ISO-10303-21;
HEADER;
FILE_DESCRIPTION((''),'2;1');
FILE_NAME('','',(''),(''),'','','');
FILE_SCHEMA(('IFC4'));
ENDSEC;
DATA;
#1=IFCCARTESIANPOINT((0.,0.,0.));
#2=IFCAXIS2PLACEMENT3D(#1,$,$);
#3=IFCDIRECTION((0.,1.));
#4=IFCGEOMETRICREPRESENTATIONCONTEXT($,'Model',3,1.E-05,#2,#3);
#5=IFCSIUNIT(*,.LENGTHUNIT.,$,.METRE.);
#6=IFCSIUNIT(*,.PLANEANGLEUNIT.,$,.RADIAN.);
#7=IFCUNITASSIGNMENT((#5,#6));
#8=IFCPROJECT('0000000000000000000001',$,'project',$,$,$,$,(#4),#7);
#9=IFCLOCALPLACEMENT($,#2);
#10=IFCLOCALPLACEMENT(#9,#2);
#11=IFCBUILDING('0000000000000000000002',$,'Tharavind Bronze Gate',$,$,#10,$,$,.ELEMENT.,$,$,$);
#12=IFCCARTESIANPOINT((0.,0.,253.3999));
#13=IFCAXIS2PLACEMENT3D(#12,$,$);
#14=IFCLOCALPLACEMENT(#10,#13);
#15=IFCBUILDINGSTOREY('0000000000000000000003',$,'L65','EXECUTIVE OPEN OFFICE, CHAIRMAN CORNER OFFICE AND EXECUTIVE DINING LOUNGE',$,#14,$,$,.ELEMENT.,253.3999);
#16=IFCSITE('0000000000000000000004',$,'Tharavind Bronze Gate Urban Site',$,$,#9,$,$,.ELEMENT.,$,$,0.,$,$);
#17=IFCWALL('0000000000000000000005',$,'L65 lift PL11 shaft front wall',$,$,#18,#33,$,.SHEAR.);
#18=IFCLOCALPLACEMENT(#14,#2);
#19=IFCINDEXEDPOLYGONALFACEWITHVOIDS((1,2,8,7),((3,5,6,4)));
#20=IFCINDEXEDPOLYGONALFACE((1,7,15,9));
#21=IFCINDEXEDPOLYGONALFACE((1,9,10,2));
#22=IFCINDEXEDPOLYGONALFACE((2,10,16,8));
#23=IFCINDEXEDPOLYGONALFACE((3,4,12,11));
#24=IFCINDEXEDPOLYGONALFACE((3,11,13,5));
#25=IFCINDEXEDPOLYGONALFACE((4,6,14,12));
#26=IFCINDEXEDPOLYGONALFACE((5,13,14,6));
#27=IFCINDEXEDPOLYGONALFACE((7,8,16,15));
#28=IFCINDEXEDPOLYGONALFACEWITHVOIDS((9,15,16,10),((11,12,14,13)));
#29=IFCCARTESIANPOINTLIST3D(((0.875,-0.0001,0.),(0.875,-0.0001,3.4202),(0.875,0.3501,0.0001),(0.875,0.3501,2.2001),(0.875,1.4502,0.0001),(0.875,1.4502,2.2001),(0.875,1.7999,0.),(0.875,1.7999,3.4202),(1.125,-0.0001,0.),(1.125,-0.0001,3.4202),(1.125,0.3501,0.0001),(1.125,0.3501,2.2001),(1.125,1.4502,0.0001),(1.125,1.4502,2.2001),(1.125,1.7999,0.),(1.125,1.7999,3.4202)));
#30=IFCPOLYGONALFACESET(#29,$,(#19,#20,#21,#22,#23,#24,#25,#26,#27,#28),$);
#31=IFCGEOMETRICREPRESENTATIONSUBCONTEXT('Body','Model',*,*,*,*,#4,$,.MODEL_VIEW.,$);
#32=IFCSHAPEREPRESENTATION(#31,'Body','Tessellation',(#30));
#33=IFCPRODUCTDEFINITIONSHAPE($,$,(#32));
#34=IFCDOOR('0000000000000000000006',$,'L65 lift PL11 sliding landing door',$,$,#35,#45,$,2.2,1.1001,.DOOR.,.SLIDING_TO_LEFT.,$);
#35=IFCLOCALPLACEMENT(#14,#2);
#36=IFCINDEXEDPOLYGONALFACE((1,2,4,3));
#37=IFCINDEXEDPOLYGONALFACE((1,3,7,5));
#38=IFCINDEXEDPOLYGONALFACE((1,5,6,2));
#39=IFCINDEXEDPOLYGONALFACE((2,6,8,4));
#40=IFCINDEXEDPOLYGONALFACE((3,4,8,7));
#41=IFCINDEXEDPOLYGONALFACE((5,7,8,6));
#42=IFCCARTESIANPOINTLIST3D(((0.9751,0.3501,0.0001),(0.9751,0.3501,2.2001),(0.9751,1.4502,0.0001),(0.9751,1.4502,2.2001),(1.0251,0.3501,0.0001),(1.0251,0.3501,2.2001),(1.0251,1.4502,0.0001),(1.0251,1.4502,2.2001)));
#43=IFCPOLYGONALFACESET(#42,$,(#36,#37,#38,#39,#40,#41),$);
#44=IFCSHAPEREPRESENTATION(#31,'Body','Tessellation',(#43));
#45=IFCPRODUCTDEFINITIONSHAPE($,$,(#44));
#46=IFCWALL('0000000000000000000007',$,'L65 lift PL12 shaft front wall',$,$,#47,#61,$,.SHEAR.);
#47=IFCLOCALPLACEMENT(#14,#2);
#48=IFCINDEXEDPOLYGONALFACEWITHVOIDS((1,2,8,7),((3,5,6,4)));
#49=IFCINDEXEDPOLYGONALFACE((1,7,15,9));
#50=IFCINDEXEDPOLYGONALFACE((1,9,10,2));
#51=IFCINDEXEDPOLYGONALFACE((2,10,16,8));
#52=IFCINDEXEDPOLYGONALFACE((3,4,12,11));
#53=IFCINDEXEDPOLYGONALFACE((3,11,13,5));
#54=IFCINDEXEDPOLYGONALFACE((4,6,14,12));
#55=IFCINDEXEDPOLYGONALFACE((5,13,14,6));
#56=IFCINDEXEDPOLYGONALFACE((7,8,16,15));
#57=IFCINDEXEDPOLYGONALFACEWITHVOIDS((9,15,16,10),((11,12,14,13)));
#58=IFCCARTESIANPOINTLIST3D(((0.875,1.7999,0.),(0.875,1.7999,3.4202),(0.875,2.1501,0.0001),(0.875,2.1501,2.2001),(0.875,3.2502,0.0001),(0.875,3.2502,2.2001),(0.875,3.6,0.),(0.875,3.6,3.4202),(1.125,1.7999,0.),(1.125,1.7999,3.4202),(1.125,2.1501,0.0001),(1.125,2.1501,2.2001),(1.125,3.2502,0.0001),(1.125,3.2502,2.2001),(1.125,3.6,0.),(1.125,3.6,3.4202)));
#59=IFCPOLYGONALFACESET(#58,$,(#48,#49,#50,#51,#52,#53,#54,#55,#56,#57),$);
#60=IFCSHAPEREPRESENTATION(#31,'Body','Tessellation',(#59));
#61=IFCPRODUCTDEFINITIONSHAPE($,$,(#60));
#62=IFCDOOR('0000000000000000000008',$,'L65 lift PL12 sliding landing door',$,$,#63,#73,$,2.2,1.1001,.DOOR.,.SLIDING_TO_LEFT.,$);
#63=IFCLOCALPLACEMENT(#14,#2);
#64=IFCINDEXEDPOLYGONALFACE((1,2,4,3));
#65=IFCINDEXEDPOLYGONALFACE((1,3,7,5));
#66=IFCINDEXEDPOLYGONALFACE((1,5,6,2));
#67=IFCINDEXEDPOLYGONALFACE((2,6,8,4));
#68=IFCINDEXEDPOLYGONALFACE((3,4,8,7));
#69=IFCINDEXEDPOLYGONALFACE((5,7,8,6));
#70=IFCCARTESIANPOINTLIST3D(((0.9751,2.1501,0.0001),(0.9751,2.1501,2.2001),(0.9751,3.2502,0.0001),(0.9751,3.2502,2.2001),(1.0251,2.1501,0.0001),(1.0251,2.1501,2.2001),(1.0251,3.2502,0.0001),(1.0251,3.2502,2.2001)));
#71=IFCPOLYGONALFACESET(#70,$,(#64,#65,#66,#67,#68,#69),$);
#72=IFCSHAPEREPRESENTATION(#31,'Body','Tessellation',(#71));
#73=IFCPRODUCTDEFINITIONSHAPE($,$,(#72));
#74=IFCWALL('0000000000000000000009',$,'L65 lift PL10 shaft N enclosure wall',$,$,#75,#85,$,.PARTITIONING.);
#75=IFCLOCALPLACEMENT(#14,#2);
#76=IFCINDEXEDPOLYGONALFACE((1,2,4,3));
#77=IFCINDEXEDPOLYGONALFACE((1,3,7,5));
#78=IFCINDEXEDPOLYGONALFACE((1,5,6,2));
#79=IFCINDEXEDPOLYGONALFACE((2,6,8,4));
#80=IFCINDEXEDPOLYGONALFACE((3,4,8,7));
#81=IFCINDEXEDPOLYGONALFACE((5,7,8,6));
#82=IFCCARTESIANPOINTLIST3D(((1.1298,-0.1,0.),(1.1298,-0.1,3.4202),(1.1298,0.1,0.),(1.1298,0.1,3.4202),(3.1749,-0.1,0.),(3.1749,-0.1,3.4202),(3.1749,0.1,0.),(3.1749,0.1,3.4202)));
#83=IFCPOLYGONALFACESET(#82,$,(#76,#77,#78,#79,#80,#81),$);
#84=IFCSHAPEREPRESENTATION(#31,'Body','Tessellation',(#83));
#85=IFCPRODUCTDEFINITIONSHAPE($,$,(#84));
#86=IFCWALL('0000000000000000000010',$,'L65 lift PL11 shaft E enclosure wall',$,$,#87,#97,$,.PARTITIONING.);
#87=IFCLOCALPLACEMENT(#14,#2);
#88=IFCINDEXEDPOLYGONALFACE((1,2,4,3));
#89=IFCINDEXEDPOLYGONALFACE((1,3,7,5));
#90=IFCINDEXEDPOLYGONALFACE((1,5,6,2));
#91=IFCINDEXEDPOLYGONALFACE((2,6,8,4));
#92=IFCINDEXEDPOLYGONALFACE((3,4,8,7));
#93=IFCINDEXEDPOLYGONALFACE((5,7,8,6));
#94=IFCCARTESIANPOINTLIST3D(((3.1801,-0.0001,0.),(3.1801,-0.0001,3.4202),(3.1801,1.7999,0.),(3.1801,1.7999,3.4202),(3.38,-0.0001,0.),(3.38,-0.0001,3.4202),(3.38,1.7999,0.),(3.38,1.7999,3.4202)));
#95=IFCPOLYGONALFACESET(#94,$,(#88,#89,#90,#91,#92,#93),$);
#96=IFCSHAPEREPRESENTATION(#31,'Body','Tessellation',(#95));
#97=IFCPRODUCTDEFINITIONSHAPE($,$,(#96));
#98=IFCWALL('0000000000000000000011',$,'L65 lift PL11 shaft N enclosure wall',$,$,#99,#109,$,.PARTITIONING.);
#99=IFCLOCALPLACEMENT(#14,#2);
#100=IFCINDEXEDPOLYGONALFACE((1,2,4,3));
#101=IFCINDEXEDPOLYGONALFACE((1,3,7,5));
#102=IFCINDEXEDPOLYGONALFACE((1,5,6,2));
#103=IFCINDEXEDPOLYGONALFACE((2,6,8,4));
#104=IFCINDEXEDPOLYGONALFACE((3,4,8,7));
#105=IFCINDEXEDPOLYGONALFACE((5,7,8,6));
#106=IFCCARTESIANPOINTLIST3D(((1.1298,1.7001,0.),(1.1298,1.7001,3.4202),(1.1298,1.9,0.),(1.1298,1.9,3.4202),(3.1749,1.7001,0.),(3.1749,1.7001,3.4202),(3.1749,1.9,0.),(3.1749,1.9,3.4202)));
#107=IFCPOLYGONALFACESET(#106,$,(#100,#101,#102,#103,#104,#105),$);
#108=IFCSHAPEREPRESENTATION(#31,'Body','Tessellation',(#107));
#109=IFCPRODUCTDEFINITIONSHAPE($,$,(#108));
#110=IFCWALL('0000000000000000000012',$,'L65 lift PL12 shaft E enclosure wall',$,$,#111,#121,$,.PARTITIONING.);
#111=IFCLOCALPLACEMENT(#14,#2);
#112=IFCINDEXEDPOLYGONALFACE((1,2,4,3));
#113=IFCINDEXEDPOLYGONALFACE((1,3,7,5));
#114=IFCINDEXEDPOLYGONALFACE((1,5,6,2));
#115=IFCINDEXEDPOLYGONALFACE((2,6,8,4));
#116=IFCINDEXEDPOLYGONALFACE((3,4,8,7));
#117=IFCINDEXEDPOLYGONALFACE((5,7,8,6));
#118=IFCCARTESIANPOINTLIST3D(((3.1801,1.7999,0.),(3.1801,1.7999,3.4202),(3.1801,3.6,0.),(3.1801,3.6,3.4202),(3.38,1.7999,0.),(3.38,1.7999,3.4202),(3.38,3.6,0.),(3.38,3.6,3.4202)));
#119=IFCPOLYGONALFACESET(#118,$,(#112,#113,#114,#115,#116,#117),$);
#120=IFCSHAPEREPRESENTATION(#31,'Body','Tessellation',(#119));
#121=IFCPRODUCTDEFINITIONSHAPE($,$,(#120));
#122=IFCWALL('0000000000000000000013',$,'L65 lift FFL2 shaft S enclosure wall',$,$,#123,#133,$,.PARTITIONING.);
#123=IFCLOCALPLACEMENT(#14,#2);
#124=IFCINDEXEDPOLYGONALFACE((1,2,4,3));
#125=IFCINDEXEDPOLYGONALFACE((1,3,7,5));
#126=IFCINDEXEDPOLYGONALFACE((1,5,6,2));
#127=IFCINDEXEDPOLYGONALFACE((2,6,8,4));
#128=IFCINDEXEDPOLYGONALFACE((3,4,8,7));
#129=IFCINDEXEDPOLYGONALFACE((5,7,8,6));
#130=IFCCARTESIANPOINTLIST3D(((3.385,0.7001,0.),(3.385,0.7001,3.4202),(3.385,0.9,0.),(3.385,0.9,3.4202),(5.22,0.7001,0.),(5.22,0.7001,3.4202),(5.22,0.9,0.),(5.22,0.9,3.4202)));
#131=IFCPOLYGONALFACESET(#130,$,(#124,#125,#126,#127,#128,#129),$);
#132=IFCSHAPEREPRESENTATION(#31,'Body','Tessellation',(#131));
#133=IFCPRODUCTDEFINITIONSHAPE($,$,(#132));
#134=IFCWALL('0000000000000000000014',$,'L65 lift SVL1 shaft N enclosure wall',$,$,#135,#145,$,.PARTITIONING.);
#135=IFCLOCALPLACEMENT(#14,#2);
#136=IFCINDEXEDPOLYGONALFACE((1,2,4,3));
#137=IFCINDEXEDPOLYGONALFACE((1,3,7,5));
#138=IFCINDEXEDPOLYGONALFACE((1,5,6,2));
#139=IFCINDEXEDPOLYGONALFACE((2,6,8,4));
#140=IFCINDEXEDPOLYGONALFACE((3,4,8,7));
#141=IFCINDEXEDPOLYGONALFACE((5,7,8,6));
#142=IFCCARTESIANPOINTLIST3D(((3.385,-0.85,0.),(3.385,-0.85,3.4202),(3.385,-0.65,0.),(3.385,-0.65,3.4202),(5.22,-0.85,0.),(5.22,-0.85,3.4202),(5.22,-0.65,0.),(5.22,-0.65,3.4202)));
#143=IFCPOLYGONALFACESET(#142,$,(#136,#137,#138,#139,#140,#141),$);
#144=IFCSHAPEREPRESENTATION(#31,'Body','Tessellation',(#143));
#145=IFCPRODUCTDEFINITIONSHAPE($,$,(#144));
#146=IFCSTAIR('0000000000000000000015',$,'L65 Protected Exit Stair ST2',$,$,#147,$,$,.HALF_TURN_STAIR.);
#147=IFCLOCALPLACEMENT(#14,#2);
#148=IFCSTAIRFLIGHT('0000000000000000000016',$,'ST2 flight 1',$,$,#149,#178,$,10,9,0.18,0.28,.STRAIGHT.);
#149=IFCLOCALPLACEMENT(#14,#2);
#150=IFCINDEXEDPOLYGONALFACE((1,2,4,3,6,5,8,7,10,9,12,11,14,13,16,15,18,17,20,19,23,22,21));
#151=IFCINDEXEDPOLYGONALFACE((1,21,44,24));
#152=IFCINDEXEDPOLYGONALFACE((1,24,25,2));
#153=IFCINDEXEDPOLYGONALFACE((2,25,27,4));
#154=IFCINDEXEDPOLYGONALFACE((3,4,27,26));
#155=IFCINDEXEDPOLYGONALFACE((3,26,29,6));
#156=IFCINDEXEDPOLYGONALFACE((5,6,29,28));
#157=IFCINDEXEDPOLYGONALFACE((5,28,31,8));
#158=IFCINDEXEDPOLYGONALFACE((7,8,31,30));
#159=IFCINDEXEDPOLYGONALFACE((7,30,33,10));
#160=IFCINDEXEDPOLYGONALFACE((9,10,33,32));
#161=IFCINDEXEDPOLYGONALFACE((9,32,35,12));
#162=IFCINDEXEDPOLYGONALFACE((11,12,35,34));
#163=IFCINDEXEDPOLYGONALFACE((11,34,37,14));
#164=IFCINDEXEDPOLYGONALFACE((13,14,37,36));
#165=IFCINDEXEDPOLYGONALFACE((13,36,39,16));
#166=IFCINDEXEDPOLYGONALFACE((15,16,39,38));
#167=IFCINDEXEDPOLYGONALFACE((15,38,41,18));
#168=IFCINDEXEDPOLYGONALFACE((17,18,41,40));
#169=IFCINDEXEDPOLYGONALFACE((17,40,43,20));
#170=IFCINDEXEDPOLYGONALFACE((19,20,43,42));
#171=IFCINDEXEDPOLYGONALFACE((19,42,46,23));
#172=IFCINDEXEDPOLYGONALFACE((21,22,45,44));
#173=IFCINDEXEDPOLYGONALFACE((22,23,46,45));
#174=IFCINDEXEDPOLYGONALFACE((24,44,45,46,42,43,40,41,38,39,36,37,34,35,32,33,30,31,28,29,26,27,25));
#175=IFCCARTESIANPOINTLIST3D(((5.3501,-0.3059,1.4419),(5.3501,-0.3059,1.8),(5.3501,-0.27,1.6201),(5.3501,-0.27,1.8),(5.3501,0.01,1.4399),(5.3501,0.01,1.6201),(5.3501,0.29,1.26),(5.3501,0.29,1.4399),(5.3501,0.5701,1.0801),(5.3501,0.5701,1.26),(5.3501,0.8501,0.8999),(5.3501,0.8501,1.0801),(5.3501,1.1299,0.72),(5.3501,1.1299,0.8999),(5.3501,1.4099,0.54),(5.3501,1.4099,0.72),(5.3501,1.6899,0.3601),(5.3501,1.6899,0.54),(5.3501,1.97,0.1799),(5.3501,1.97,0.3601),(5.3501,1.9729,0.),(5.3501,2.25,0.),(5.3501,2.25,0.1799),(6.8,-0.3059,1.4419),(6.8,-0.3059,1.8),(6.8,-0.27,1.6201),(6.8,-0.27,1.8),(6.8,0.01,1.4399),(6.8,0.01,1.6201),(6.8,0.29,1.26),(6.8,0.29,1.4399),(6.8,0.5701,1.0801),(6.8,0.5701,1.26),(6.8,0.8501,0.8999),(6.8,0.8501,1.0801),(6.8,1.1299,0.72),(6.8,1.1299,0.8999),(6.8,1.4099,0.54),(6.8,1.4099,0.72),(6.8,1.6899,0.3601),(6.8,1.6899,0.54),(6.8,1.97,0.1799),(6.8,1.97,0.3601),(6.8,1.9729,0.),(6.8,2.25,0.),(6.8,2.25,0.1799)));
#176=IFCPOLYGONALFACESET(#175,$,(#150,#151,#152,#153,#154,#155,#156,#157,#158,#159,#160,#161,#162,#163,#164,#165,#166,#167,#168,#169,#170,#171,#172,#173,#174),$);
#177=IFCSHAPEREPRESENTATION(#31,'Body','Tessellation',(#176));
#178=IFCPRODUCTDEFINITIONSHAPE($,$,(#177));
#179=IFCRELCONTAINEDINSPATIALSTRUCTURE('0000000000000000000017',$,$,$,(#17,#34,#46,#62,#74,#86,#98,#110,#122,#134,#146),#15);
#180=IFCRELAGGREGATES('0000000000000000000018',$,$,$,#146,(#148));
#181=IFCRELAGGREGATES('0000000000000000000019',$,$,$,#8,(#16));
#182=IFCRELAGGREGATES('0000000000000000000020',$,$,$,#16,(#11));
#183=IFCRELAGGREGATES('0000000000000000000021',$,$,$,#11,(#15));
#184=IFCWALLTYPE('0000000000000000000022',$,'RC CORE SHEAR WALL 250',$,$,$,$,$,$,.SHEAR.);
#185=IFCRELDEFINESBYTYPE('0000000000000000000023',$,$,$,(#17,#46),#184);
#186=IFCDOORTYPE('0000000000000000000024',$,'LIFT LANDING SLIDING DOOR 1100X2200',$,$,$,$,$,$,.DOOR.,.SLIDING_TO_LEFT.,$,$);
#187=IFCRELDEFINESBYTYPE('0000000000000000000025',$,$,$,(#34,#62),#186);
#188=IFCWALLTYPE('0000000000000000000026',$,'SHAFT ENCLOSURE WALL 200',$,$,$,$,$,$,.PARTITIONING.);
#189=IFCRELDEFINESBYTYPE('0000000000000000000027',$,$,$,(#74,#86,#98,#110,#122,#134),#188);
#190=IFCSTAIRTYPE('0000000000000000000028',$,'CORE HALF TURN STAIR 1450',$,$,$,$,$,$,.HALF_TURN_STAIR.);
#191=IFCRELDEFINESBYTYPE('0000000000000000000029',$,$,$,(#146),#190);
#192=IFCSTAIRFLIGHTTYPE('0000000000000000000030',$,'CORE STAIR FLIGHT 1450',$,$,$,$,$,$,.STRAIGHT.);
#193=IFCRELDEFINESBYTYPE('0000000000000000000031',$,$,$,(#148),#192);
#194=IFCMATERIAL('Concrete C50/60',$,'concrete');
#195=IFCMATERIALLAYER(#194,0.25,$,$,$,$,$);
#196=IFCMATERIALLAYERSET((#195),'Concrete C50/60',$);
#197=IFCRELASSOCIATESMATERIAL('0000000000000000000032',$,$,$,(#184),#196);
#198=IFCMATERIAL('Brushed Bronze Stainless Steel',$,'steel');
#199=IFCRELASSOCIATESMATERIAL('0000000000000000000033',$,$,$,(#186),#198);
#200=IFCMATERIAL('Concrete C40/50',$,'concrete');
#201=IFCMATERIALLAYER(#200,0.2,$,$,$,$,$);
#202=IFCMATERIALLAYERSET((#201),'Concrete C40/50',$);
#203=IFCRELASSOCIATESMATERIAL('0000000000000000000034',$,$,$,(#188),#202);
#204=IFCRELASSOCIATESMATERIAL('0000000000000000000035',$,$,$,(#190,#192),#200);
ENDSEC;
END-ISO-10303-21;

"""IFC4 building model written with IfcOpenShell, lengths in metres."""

from ifc_helpers import new_model, si_unit, direction, frame, frame_2d, origin, place, context, subcontext, project, spatial, polyline, rectangle, outline, extrude, material, layer, layer_set, type_object, element, fill, aggregate, save


model = new_model("IFC4")

# Units and contexts
model_context = context("Model", 3, precision=1e-05, world=origin(), true_north=direction((0.0, 1.0)))
body_context = subcontext(model_context, "Body", "Model", "MODEL_VIEW")
ifc_project = project(units=[si_unit("LENGTHUNIT", "METRE"), si_unit("PLANEANGLEUNIT", "RADIAN")], contexts=[model_context])

# Site, building, storey
site_placement = place(None, origin())
site = spatial("IfcSite", under=ifc_project, at=site_placement, Name="Tharavind Bronze Gate Urban Site", CompositionType="ELEMENT", RefElevation=0.0)
building_placement = place(site_placement, origin())
building = spatial("IfcBuilding", under=site, at=building_placement, Name="Tharavind Bronze Gate", CompositionType="ELEMENT")
storey_placement = place(building_placement, frame((0.0, 0.0, 253.3999)))
storey = spatial("IfcBuildingStorey", under=building, at=storey_placement, Name="L65", Description="EXECUTIVE OPEN OFFICE, CHAIRMAN CORNER OFFICE AND EXECUTIVE DINING LOUNGE", CompositionType="ELEMENT", Elevation=253.3999)

# Walls, openings, doors
ifc_material_1 = material(Name="Concrete C50/60", Category="concrete")
ifc_layer_1 = layer(ifc_material_1, 0.25)
ifc_layer_set_1 = layer_set([ifc_layer_1], Name="Concrete C50/60")
wall_type_1 = type_object("IfcWallType", Name="RC CORE SHEAR WALL 250", PredefinedType="SHEAR", material=ifc_layer_set_1)
wall_1_placement = place(storey_placement, frame((1.0, 0.0, 0.0), z_axis=(0.0, 0.0, 1.0), x_axis=(0.0, 1.0, 0.0)))
wall_1 = element("IfcWall", 1, at=wall_1_placement, inside=storey, type_object=wall_type_1, Name="L65 lift PL11 shaft front wall", PredefinedType="SHEAR", context=body_context, shape_type="SweptSolid", body=[
    extrude(rectangle(XDim=1.8, YDim=0.25, at=frame_2d((0.8999, 0.0))), origin(), (0.0, 0.0, 1.0), 3.4202),
])
opening_1_placement = place(wall_1_placement, frame((0.3501, 0.0, 0.0)))
opening_1 = element("IfcOpeningElement", 2, at=opening_1_placement, cuts=wall_1, PredefinedType="OPENING", context=body_context, shape_type="SweptSolid", body=[
    extrude(rectangle(XDim=1.1001, YDim=2.2, at=frame_2d((0.55, 1.1001))), frame((0.0, 0.135, 0.0), z_axis=(0.0, -1.0, 0.0), x_axis=(1.0, 0.0, 0.0)), (0.0, 0.0, 1.0), 0.27),
])
ifc_material_2 = material(Name="Brushed Bronze Stainless Steel", Category="steel")
door_type = type_object("IfcDoorType", Name="LIFT LANDING SLIDING DOOR 1100X2200", OperationType="SLIDING_TO_LEFT", PredefinedType="DOOR", material=ifc_material_2)
door_1_placement = place(opening_1_placement, origin())
door_1 = element("IfcDoor", 3, at=door_1_placement, inside=storey, type_object=door_type, Name="L65 lift PL11 sliding landing door", OperationType="SLIDING_TO_LEFT", OverallHeight=2.2, OverallWidth=1.1001, PredefinedType="DOOR", context=body_context, shape_type="SweptSolid", body=[
    extrude(rectangle(XDim=1.1001, YDim=2.2, at=frame_2d((0.55, 1.1001))), frame((0.0, 0.0249, 0.0), z_axis=(0.0, -1.0, 0.0), x_axis=(1.0, 0.0, 0.0)), (0.0, 0.0, 1.0), 0.05),
])
fill(opening_1, door_1)
wall_2_placement = place(storey_placement, frame((1.0, 1.8, 0.0), z_axis=(0.0, 0.0, 1.0), x_axis=(0.0, 1.0, 0.0)))
wall_2 = element("IfcWall", 4, at=wall_2_placement, inside=storey, type_object=wall_type_1, Name="L65 lift PL12 shaft front wall", PredefinedType="SHEAR", context=body_context, shape_type="SweptSolid", body=[
    extrude(rectangle(XDim=1.8, YDim=0.25, at=frame_2d((0.8999, 0.0))), origin(), (0.0, 0.0, 1.0), 3.4202),
])
opening_2_placement = place(wall_2_placement, frame((0.3501, 0.0, 0.0)))
opening_2 = element("IfcOpeningElement", 5, at=opening_2_placement, cuts=wall_2, PredefinedType="OPENING", context=body_context, shape_type="SweptSolid", body=[
    extrude(rectangle(XDim=1.1001, YDim=2.2, at=frame_2d((0.55, 1.1001))), frame((0.0, 0.135, 0.0), z_axis=(0.0, -1.0, 0.0), x_axis=(1.0, 0.0, 0.0)), (0.0, 0.0, 1.0), 0.27),
])
door_2_placement = place(opening_2_placement, origin())
door_2 = element("IfcDoor", 6, at=door_2_placement, inside=storey, type_object=door_type, Name="L65 lift PL12 sliding landing door", OperationType="SLIDING_TO_LEFT", OverallHeight=2.2, OverallWidth=1.1001, PredefinedType="DOOR", context=body_context, shape_type="SweptSolid", body=[
    extrude(rectangle(XDim=1.1001, YDim=2.2, at=frame_2d((0.55, 1.1001))), frame((0.0, 0.0249, 0.0), z_axis=(0.0, -1.0, 0.0), x_axis=(1.0, 0.0, 0.0)), (0.0, 0.0, 1.0), 0.05),
])
fill(opening_2, door_2)

# Walls
ifc_material_3 = material(Name="Concrete C40/50", Category="concrete")
ifc_layer_2 = layer(ifc_material_3, 0.2)
ifc_layer_set_2 = layer_set([ifc_layer_2], Name="Concrete C40/50")
wall_type_2 = type_object("IfcWallType", Name="SHAFT ENCLOSURE WALL 200", PredefinedType="PARTITIONING", material=ifc_layer_set_2)
wall_3_placement = place(storey_placement, frame((1.1299, 0.0, 0.0), z_axis=(0.0, 0.0, 1.0), x_axis=(1.0, 0.0, 0.0)))
element("IfcWall", 7, at=wall_3_placement, inside=storey, type_object=wall_type_2, Name="L65 lift PL10 shaft N enclosure wall", PredefinedType="PARTITIONING", context=body_context, shape_type="SweptSolid", body=[
    extrude(rectangle(XDim=2.0452, YDim=0.2, at=frame_2d((1.0225, 0.0))), origin(), (0.0, 0.0, 1.0), 3.4202),
])
wall_4_placement = place(storey_placement, frame((3.28, 0.0, 0.0), z_axis=(0.0, 0.0, 1.0), x_axis=(0.0, 1.0, 0.0)))
element("IfcWall", 8, at=wall_4_placement, inside=storey, type_object=wall_type_2, Name="L65 lift PL11 shaft E enclosure wall", PredefinedType="PARTITIONING", context=body_context, shape_type="SweptSolid", body=[
    extrude(rectangle(XDim=1.8, YDim=0.2, at=frame_2d((0.8999, 0.0))), origin(), (0.0, 0.0, 1.0), 3.4202),
])
wall_5_placement = place(storey_placement, frame((1.1299, 1.8, 0.0), z_axis=(0.0, 0.0, 1.0), x_axis=(1.0, 0.0, 0.0)))
element("IfcWall", 9, at=wall_5_placement, inside=storey, type_object=wall_type_2, Name="L65 lift PL11 shaft N enclosure wall", PredefinedType="PARTITIONING", context=body_context, shape_type="SweptSolid", body=[
    extrude(rectangle(XDim=2.0452, YDim=0.2, at=frame_2d((1.0225, 0.0))), origin(), (0.0, 0.0, 1.0), 3.4202),
])
wall_6_placement = place(storey_placement, frame((3.28, 1.8, 0.0), z_axis=(0.0, 0.0, 1.0), x_axis=(0.0, 1.0, 0.0)))
element("IfcWall", 10, at=wall_6_placement, inside=storey, type_object=wall_type_2, Name="L65 lift PL12 shaft E enclosure wall", PredefinedType="PARTITIONING", context=body_context, shape_type="SweptSolid", body=[
    extrude(rectangle(XDim=1.8, YDim=0.2, at=frame_2d((0.8999, 0.0))), origin(), (0.0, 0.0, 1.0), 3.4202),
])
for number, where, z_axis, x_axis, name in (
    (11, (3.385, 0.8, 0.0), (0.0, 0.0, 1.0), (1.0, 0.0, 0.0), "L65 lift FFL2 shaft S enclosure wall"),
    (12, (3.385, -0.75, 0.0), (0.0, 0.0, 1.0), (1.0, 0.0, 0.0), "L65 lift SVL1 shaft N enclosure wall"),
):
    element("IfcWall", number, at=place(storey_placement, frame(where, z_axis=z_axis, x_axis=x_axis)), inside=storey, type_object=wall_type_2, Name=name, PredefinedType="PARTITIONING", context=body_context, shape_type="SweptSolid", body=[
        extrude(rectangle(XDim=1.835, YDim=0.2, at=frame_2d((0.9175, 0.0))), origin(), (0.0, 0.0, 1.0), 3.4202),
    ])

# Stair, stair flight
stair_type = type_object("IfcStairType", Name="CORE HALF TURN STAIR 1450", PredefinedType="HALF_TURN_STAIR", material=ifc_material_3)
stair_placement = place(storey_placement, origin())
stair = element("IfcStair", 13, at=stair_placement, inside=storey, type_object=stair_type, Name="L65 Protected Exit Stair ST2", PredefinedType="HALF_TURN_STAIR")
stair_flight_type = type_object("IfcStairFlightType", Name="CORE STAIR FLIGHT 1450", PredefinedType="STRAIGHT", material=ifc_material_3)
stair_flight_1_placement = place(storey_placement, frame((6.075, 2.25, 0.0), z_axis=(0.0, 0.0, 1.0), x_axis=(0.0, -1.0, 0.0)))
stair_flight_1 = element("IfcStairFlight", 14, at=stair_flight_1_placement, type_object=stair_flight_type, Name="ST2 flight 1", NumberOfRisers=10, NumberOfTreads=9, PredefinedType="STRAIGHT", RiserHeight=0.18, TreadLength=0.28, context=body_context, shape_type="SweptSolid", body=[
    extrude(outline(polyline([(0.0, 0.0), (0.0, 0.1799), (0.28, 0.1799), (0.28, 0.3601), (0.5601, 0.3601), (0.5601, 0.54), (0.8401, 0.54), (0.8401, 0.72), (1.1201, 0.72), (1.1201, 0.8999), (1.3999, 0.8999), (1.3999, 1.0801), (1.6799, 1.0801), (1.6799, 1.26), (1.96, 1.26), (1.96, 1.4399), (2.24, 1.4399), (2.24, 1.6201), (2.52, 1.6201), (2.52, 1.8), (2.5559, 1.8), (2.5559, 1.4419), (0.2771, 0.0), (0.0, 0.0)])), frame((0.0, 0.7251, 0.0), z_axis=(0.0, -1.0, 0.0), x_axis=(1.0, 0.0, 0.0)), (0.0, 0.0, 1.0), 1.45),
])
aggregate(stair, [stair_flight_1])

save(model, "model.ifc")
